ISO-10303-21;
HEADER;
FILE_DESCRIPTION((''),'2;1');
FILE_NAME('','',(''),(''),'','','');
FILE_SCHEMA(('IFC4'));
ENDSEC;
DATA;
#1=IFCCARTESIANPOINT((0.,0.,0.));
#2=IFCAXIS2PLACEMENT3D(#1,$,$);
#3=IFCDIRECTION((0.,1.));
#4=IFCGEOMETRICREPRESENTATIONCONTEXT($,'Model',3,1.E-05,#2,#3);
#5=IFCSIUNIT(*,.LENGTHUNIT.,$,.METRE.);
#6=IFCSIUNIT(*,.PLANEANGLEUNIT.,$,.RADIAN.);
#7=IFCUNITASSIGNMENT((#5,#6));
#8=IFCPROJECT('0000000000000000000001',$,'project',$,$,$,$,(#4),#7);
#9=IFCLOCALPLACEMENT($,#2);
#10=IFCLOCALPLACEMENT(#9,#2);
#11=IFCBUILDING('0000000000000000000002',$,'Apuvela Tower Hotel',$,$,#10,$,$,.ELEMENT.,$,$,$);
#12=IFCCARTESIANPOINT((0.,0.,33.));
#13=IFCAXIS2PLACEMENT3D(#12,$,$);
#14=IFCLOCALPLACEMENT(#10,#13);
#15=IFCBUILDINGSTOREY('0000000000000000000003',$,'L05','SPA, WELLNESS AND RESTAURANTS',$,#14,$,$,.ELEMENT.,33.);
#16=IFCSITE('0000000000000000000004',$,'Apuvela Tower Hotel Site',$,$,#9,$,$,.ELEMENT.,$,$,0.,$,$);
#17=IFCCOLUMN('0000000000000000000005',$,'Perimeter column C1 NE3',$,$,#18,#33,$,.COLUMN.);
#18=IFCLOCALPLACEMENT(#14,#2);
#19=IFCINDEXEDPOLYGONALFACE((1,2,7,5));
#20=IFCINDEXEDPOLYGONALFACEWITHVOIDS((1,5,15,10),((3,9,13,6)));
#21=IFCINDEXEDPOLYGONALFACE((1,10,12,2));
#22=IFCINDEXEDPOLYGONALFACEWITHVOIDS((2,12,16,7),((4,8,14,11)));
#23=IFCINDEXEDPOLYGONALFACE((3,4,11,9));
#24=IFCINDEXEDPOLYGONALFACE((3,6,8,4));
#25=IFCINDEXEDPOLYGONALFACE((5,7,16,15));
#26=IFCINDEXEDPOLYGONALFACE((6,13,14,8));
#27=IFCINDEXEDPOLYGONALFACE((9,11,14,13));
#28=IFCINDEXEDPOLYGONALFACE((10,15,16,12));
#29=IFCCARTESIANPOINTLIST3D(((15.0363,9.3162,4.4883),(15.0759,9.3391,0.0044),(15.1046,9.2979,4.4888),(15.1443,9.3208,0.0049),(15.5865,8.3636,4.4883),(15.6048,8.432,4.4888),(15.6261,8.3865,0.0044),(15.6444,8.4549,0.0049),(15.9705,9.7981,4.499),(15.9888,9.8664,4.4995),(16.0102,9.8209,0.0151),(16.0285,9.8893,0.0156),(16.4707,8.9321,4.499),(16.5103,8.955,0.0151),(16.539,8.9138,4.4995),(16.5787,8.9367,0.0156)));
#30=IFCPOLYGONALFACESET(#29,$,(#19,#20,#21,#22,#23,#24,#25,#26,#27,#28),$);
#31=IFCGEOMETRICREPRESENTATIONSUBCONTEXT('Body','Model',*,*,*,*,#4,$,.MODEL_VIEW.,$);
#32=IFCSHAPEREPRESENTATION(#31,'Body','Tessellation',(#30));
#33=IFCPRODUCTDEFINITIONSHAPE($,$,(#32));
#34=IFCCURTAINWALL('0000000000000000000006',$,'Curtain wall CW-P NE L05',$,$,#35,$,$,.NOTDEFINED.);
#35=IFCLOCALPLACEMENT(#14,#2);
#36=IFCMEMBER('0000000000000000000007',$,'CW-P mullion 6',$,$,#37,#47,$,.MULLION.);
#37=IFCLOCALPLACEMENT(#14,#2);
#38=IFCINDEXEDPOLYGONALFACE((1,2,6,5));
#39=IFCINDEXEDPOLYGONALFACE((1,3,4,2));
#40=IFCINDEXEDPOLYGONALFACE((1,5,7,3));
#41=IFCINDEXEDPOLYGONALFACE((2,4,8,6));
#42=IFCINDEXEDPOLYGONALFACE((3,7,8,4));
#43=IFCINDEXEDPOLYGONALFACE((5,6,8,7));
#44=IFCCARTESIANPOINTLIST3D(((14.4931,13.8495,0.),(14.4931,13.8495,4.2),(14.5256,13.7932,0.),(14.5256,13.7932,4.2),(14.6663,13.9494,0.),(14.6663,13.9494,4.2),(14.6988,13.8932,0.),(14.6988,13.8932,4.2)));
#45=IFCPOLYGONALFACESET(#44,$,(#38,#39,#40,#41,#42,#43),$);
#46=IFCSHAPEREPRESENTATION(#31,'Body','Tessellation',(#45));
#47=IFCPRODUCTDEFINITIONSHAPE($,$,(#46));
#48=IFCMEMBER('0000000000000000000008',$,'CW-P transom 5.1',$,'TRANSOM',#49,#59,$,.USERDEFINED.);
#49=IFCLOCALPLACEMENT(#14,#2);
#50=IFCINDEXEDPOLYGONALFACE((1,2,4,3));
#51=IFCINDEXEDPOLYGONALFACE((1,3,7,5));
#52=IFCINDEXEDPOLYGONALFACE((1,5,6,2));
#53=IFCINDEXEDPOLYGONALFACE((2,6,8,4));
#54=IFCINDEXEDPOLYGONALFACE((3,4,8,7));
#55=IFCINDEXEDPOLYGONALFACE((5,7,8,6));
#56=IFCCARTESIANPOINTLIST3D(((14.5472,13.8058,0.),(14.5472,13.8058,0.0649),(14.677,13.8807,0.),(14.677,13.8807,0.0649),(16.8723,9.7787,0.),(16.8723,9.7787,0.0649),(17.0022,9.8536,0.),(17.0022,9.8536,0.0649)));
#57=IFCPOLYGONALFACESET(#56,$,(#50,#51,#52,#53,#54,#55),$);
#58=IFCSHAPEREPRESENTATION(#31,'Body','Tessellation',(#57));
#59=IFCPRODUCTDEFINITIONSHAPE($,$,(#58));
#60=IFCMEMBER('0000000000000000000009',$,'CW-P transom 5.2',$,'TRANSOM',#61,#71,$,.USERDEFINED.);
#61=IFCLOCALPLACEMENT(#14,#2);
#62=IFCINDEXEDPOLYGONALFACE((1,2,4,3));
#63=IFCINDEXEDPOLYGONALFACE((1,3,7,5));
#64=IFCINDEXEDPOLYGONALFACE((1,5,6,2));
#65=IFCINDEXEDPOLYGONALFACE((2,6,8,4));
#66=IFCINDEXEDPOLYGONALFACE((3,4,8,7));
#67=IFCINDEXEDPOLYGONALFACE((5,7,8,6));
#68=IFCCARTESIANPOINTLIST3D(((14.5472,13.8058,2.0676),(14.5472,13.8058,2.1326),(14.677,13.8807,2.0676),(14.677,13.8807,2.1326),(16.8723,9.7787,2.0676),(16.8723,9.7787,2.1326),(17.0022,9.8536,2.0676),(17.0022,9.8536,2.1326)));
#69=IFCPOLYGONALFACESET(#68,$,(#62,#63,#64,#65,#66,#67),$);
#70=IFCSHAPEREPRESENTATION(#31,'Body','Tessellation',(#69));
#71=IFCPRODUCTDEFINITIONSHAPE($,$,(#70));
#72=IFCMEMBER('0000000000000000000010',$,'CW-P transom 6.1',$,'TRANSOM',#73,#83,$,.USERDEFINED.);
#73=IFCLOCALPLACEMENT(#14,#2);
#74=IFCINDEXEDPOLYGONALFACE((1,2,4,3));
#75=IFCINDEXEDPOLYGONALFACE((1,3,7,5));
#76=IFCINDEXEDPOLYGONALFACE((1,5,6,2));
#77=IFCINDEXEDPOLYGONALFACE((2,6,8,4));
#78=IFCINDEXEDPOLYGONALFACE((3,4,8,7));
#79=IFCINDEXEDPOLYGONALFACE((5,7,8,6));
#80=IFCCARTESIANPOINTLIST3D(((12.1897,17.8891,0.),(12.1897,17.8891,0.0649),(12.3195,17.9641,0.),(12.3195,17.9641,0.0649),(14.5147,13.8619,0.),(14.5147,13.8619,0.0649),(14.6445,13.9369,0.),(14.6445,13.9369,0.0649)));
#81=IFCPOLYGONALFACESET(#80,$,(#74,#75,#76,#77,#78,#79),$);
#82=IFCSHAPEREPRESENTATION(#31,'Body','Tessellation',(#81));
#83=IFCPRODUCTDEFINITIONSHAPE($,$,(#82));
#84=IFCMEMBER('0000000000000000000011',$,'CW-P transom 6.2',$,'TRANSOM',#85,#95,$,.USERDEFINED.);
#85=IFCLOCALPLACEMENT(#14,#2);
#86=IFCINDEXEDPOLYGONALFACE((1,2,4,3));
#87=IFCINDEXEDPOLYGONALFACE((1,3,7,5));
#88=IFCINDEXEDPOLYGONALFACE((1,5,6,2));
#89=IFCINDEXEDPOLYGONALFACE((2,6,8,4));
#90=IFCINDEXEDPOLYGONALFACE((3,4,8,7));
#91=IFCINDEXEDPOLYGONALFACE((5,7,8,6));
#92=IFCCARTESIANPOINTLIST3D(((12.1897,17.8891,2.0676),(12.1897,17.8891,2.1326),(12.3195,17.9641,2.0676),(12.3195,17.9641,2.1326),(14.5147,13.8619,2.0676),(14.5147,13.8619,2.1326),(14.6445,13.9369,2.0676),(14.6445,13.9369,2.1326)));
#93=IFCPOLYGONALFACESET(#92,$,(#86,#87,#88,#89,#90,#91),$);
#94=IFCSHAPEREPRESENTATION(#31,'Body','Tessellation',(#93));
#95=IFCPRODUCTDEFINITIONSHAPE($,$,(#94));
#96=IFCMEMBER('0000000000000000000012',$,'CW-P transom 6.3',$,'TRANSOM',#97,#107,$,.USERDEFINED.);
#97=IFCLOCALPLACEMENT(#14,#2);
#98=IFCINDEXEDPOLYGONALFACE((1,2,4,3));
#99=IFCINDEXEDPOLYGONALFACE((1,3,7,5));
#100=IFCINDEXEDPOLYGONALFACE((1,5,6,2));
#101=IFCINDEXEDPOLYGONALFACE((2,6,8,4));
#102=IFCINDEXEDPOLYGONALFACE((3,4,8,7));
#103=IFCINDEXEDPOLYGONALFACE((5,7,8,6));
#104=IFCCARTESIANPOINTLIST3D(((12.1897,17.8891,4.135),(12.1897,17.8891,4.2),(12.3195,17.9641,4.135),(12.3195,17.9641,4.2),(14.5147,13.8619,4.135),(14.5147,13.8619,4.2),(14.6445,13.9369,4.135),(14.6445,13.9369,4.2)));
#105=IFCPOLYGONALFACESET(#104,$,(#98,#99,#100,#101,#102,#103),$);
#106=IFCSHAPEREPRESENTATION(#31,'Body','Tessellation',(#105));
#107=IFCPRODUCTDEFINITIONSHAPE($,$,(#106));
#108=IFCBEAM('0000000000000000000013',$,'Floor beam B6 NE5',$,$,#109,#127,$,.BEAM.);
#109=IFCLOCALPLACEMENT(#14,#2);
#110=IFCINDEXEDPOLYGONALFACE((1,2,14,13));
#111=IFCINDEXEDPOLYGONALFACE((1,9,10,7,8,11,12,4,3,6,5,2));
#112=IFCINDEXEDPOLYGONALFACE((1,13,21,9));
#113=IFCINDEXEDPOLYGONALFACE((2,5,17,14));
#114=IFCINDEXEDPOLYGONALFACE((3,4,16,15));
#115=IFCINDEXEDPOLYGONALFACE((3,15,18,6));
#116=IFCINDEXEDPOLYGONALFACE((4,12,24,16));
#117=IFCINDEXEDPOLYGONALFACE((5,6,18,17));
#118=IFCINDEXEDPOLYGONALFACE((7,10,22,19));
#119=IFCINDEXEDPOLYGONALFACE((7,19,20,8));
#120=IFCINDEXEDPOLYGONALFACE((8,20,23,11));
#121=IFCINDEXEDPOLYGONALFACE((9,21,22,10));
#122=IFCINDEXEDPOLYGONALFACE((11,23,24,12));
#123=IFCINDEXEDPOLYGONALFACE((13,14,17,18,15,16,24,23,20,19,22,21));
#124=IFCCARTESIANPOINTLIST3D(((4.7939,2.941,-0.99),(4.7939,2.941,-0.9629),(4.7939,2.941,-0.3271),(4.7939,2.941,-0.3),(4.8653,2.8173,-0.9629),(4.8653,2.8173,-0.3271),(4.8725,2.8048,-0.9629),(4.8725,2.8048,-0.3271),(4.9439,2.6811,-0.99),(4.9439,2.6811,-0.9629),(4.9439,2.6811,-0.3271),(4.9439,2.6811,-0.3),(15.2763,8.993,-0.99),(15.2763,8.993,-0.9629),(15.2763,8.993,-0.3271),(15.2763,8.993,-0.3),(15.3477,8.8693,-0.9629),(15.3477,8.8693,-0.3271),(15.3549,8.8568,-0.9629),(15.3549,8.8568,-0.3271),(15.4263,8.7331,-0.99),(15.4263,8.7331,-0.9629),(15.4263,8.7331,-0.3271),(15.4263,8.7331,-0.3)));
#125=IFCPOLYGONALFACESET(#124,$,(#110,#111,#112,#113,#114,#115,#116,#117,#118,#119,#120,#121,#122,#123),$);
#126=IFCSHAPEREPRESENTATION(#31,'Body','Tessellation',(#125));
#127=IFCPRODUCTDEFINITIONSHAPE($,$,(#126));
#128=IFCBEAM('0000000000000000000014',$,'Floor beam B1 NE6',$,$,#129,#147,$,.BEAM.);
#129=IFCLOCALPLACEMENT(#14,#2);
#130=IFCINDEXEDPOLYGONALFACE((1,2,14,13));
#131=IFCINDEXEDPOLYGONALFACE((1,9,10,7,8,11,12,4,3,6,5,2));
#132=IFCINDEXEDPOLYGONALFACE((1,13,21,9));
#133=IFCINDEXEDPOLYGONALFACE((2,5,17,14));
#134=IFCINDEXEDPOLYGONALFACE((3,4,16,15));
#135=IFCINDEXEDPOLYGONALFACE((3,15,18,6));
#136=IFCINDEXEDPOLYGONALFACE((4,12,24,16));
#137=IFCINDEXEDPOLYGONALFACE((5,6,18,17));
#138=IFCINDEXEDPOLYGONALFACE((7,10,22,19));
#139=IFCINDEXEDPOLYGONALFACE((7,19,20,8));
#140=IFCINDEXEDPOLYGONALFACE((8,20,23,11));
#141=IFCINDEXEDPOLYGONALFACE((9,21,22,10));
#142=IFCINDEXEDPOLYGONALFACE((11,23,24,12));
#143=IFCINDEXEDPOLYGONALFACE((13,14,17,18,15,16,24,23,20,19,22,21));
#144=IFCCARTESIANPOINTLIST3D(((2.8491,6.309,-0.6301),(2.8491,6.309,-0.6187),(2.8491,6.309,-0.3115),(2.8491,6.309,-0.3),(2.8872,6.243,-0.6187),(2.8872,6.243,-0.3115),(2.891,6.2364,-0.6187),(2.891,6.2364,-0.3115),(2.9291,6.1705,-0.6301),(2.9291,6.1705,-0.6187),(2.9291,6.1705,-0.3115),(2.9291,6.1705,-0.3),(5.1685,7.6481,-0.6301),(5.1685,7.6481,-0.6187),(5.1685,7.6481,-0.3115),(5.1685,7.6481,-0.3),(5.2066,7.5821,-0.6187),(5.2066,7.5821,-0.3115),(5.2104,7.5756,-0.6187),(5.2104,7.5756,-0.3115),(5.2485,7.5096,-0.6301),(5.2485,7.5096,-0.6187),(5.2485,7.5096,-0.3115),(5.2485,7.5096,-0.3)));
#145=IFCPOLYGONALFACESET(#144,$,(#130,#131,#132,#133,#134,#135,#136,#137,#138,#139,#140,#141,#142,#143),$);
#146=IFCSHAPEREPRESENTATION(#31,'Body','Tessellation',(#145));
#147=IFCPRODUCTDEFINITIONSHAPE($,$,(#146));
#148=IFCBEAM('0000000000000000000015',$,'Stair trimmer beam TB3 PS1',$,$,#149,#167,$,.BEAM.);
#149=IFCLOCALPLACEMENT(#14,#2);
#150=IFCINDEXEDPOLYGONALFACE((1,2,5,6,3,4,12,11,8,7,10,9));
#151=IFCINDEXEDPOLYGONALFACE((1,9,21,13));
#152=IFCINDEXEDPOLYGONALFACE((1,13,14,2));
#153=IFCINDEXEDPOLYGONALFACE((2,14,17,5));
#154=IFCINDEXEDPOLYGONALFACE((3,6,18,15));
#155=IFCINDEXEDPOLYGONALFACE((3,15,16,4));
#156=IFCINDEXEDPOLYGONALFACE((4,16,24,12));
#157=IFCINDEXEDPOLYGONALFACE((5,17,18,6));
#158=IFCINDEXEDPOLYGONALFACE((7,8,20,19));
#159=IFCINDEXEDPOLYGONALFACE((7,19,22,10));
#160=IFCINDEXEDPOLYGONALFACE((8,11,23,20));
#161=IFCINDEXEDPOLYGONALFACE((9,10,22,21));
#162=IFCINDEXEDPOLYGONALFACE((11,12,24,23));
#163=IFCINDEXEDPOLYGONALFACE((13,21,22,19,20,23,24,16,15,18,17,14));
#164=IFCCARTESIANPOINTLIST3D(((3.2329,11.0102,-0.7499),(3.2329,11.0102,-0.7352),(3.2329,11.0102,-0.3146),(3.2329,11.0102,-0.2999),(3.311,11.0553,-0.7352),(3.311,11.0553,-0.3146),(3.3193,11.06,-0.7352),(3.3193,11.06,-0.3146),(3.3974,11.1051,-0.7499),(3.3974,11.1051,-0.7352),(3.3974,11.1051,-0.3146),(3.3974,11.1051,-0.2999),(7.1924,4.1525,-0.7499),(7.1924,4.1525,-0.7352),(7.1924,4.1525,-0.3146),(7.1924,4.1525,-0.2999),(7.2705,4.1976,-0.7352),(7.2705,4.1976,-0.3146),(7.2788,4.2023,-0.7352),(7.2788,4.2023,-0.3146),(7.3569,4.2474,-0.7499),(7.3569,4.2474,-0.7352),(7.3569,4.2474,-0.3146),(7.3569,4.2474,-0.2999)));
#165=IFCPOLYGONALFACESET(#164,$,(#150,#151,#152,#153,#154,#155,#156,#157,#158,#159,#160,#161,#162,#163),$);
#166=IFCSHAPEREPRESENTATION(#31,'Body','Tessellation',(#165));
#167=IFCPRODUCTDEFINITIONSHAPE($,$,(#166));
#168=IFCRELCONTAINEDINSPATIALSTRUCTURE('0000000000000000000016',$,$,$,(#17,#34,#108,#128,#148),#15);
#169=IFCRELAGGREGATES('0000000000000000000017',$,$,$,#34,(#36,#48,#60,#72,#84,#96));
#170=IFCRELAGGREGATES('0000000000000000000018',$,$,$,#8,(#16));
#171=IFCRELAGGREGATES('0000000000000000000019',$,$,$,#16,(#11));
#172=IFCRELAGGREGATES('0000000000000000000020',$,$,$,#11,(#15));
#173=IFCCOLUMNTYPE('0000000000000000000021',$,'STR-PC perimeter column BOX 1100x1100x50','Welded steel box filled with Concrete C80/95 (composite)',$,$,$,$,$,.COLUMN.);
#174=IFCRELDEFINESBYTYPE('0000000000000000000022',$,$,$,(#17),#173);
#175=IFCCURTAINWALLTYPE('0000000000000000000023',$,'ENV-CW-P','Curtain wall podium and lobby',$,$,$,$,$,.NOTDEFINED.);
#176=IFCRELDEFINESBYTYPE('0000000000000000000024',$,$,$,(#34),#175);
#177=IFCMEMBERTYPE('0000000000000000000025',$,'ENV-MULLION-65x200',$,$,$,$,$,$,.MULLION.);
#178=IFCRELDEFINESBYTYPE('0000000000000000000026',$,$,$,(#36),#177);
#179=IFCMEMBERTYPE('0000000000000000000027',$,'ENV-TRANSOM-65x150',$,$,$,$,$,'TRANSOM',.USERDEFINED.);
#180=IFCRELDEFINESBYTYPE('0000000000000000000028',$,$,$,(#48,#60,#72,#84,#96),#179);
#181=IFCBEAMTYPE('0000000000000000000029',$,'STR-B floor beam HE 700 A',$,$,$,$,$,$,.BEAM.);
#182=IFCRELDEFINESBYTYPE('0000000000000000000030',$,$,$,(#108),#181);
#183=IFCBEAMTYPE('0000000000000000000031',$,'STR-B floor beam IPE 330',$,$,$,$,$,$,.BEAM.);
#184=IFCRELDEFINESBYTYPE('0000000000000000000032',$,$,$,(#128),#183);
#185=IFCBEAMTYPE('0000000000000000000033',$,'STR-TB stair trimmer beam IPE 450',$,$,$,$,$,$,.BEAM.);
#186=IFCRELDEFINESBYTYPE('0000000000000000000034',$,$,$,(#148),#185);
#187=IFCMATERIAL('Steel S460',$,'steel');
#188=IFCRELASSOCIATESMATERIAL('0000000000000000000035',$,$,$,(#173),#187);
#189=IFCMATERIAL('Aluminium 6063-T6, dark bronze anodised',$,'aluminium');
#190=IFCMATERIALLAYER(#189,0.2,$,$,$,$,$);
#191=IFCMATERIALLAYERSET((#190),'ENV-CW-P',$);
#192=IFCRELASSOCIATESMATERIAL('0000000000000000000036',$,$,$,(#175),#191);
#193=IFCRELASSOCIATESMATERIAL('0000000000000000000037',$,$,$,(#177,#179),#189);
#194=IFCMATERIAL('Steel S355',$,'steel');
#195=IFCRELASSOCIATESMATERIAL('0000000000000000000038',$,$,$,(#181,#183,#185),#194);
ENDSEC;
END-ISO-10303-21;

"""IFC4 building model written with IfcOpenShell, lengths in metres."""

from ifc_helpers import new_model, si_unit, direction, frame, origin, origin_2d, place, context, subcontext, project, spatial, rectangle, hollow_rectangle, i_section, extrude, boolean, halfspace, material, layer, layer_set, material_profile, profile_set, type_object, element, aggregate, save


model = new_model("IFC4")

# Units and contexts
model_context = context("Model", 3, precision=1e-05, world=origin(), true_north=direction((0.0, 1.0)))
body_context = subcontext(model_context, "Body", "Model", "MODEL_VIEW")
ifc_project = project(units=[si_unit("LENGTHUNIT", "METRE"), si_unit("PLANEANGLEUNIT", "RADIAN")], contexts=[model_context])

# Site, building, storey
site_placement = place(None, origin())
site = spatial("IfcSite", under=ifc_project, at=site_placement, Name="Apuvela Tower Hotel Site", CompositionType="ELEMENT", RefElevation=0.0)
building_placement = place(site_placement, origin())
building = spatial("IfcBuilding", under=site, at=building_placement, Name="Apuvela Tower Hotel", CompositionType="ELEMENT")
storey_placement = place(building_placement, frame((0.0, 0.0, 33.0)))
storey = spatial("IfcBuildingStorey", under=building, at=storey_placement, Name="L05", Description="SPA, WELLNESS AND RESTAURANTS", CompositionType="ELEMENT", Elevation=33.0)

# Column
ifc_material_1 = material(Name="Steel S460", Category="steel")
ifc_material_profile_1 = material_profile(ifc_material_1, hollow_rectangle(XDim=1.1001, YDim=1.1001, WallThickness=0.05, at=origin_2d()), Name="BOX 1100x1100x50")
ifc_material_2 = material(Name="Concrete C80/95", Category="concrete")
ifc_material_profile_2 = material_profile(ifc_material_2, rectangle(XDim=1.0, YDim=1.0, at=origin_2d()), Name="Concrete C80/95 infill")
ifc_profile_set_1 = profile_set([ifc_material_profile_1, ifc_material_profile_2], Name="Steel S460")
column_type = type_object("IfcColumnType", Name="STR-PC perimeter column BOX 1100x1100x50", Description="Welded steel box filled with Concrete C80/95 (composite)", PredefinedType="COLUMN", material=ifc_profile_set_1)
column_placement = place(storey_placement, frame((15.8274, 9.1379, 0.0), z_axis=(-0.008843, -0.0051, 0.999948), x_axis=(0.500159, -0.865934, 0.000007)))
element("IfcColumn", 1, at=column_placement, inside=storey, type_object=column_type, Name="Perimeter column C1 NE3", PredefinedType="COLUMN", context=body_context, shape_type="SweptSolid", body=[
    boolean("DIFFERENCE", boolean("DIFFERENCE", extrude(hollow_rectangle(XDim=1.1001, YDim=1.1001, WallThickness=0.05, at=origin_2d()), origin(), (0.0, 0.0, 1.0), 4.5002), halfspace(frame((0.0, 0.0, 0.01), z_axis=(0.0, 0.0, 1.0), x_axis=(1.0, 0.0, 0.0)), True)), halfspace(frame((0.0, 0.0, 4.4941), z_axis=(0.0, 0.0, 1.0), x_axis=(1.0, 0.0, 0.0)), False)),
])

# Curtain wall, members
ifc_material_3 = material(Name="Aluminium 6063-T6, dark bronze anodised", Category="aluminium")
ifc_layer_1 = layer(ifc_material_3, 0.2)
ifc_layer_set_1 = layer_set([ifc_layer_1], Name="ENV-CW-P")
curtain_wall_type = type_object("IfcCurtainWallType", Name="ENV-CW-P", Description="Curtain wall podium and lobby", PredefinedType="NOTDEFINED", material=ifc_layer_set_1)
curtain_wall_placement = place(storey_placement, origin())
curtain_wall = element("IfcCurtainWall", 2, at=curtain_wall_placement, inside=storey, type_object=curtain_wall_type, Name="Curtain wall CW-P NE L05", PredefinedType="NOTDEFINED")
ifc_material_profile_3 = material_profile(ifc_material_3, rectangle(XDim=0.2, YDim=0.0649, at=origin_2d()), Name="AL 65x200")
ifc_profile_set_2 = profile_set([ifc_material_profile_3], Name="Aluminium 6063-T6, dark bronze anodised")
member_type_1 = type_object("IfcMemberType", Name="ENV-MULLION-65x200", PredefinedType="MULLION", material=ifc_profile_set_2)
member_1_placement = place(storey_placement, frame((14.5959, 13.8713, 0.0), z_axis=(0.0, 0.0, 1.0), x_axis=(-0.866026, -0.5, 0.0)))
member_1 = element("IfcMember", 3, at=member_1_placement, type_object=member_type_1, Name="CW-P mullion 6", PredefinedType="MULLION", context=body_context, shape_type="SweptSolid", body=[
    extrude(rectangle(XDim=0.2, YDim=0.0649, at=origin_2d()), origin(), (0.0, 0.0, 1.0), 4.2),
])
ifc_material_profile_4 = material_profile(ifc_material_3, rectangle(XDim=0.1499, YDim=0.0649, at=origin_2d()), Name="AL 65x150 transom")
ifc_profile_set_3 = profile_set([ifc_material_profile_4], Name="Aluminium 6063-T6, dark bronze anodised")
member_type_2 = type_object("IfcMemberType", Name="ENV-TRANSOM-65x150", ElementType="TRANSOM", PredefinedType="USERDEFINED", material=ifc_profile_set_3)
member_2_placement = place(storey_placement, frame((16.9373, 9.8162, 0.0325), z_axis=(-0.500024, 0.866012, 0.0), x_axis=(-0.866012, -0.500024, 0.0)))
member_2 = element("IfcMember", 4, at=member_2_placement, type_object=member_type_2, Name="CW-P transom 5.1", ObjectType="TRANSOM", PredefinedType="USERDEFINED", context=body_context, shape_type="SweptSolid", body=[
    extrude(rectangle(XDim=0.1499, YDim=0.0649, at=origin_2d()), origin(), (0.0, 0.0, 1.0), 4.6501),
])
member_3_placement = place(storey_placement, frame((16.9373, 9.8162, 2.1001), z_axis=(-0.500024, 0.866012, 0.0), x_axis=(-0.866012, -0.500024, 0.0)))
member_3 = element("IfcMember", 5, at=member_3_placement, type_object=member_type_2, Name="CW-P transom 5.2", ObjectType="TRANSOM", PredefinedType="USERDEFINED", context=body_context, shape_type="SweptSolid", body=[
    extrude(rectangle(XDim=0.1499, YDim=0.0649, at=origin_2d()), origin(), (0.0, 0.0, 1.0), 4.6501),
])
member_4_placement = place(storey_placement, frame((14.5796, 13.8994, 0.0325), z_axis=(-0.499985, 0.866034, 0.0), x_axis=(-0.866034, -0.499985, 0.0)))
member_4 = element("IfcMember", 6, at=member_4_placement, type_object=member_type_2, Name="CW-P transom 6.1", ObjectType="TRANSOM", PredefinedType="USERDEFINED", context=body_context, shape_type="SweptSolid", body=[
    extrude(rectangle(XDim=0.1499, YDim=0.0649, at=origin_2d()), origin(), (0.0, 0.0, 1.0), 4.6501),
])
member_5_placement = place(storey_placement, frame((14.5796, 13.8994, 2.1001), z_axis=(-0.499985, 0.866034, 0.0), x_axis=(-0.866034, -0.499985, 0.0)))
member_5 = element("IfcMember", 7, at=member_5_placement, type_object=member_type_2, Name="CW-P transom 6.2", ObjectType="TRANSOM", PredefinedType="USERDEFINED", context=body_context, shape_type="SweptSolid", body=[
    extrude(rectangle(XDim=0.1499, YDim=0.0649, at=origin_2d()), origin(), (0.0, 0.0, 1.0), 4.6501),
])
member_6_placement = place(storey_placement, frame((14.5796, 13.8994, 4.1675), z_axis=(-0.499985, 0.866034, 0.0), x_axis=(-0.866034, -0.499985, 0.0)))
member_6 = element("IfcMember", 8, at=member_6_placement, type_object=member_type_2, Name="CW-P transom 6.3", ObjectType="TRANSOM", PredefinedType="USERDEFINED", context=body_context, shape_type="SweptSolid", body=[
    extrude(rectangle(XDim=0.1499, YDim=0.0649, at=origin_2d()), origin(), (0.0, 0.0, 1.0), 4.6501),
])

# Beams
ifc_material_4 = material(Name="Steel S355", Category="steel")
ifc_material_profile_5 = material_profile(ifc_material_4, i_section(OverallWidth=0.3, OverallDepth=0.6899, WebThickness=0.0144, FlangeThickness=0.0271, at=origin_2d()), Name="HE 700 A")
ifc_profile_set_4 = profile_set([ifc_material_profile_5], Name="Steel S355")
beam_type_1 = type_object("IfcBeamType", Name="STR-B floor beam HE 700 A", PredefinedType="BEAM", material=ifc_profile_set_4)
beam_1_placement = place(storey_placement, frame((15.3513, 8.863, -0.645), z_axis=(-0.866026, -0.499998, 0.0), x_axis=(0.499998, -0.866026, 0.0)))
element("IfcBeam", 9, at=beam_1_placement, inside=storey, type_object=beam_type_1, Name="Floor beam B6 NE5", PredefinedType="BEAM", context=body_context, shape_type="SweptSolid", body=[
    extrude(i_section(OverallWidth=0.3, OverallDepth=0.6899, WebThickness=0.0144, FlangeThickness=0.0271, at=origin_2d()), origin(), (0.0, 0.0, 1.0), 12.104),
])
ifc_material_profile_6 = material_profile(ifc_material_4, i_section(OverallWidth=0.1599, OverallDepth=0.3301, WebThickness=0.0076, FlangeThickness=0.0115, at=origin_2d()), Name="IPE 330")
ifc_profile_set_5 = profile_set([ifc_material_profile_6], Name="Steel S355")
beam_type_2 = type_object("IfcBeamType", Name="STR-B floor beam IPE 330", PredefinedType="BEAM", material=ifc_profile_set_5)
beam_2_placement = place(storey_placement, frame((5.2085, 7.5789, -0.4651), z_axis=(-0.866019, -0.500012, 0.0), x_axis=(0.500012, -0.866019, 0.0)))
element("IfcBeam", 10, at=beam_2_placement, inside=storey, type_object=beam_type_2, Name="Floor beam B1 NE6", PredefinedType="BEAM", context=body_context, shape_type="SweptSolid", body=[
    extrude(i_section(OverallWidth=0.1599, OverallDepth=0.3301, WebThickness=0.0076, FlangeThickness=0.0115, at=origin_2d()), origin(), (0.0, 0.0, 1.0), 2.6782),
])
ifc_material_profile_7 = material_profile(ifc_material_4, i_section(OverallWidth=0.1899, OverallDepth=0.45, WebThickness=0.0095, FlangeThickness=0.0146, at=origin_2d()), Name="IPE 450")
ifc_profile_set_6 = profile_set([ifc_material_profile_7], Name="Steel S355")
beam_type_3 = type_object("IfcBeamType", Name="STR-TB stair trimmer beam IPE 450", PredefinedType="BEAM", material=ifc_profile_set_6)
beam_3_placement = place(storey_placement, frame((7.2747, 4.2, -0.5249), z_axis=(-0.500019, 0.866015, 0.0), x_axis=(-0.866015, -0.500019, 0.0)))
element("IfcBeam", 11, at=beam_3_placement, inside=storey, type_object=beam_type_3, Name="Stair trimmer beam TB3 PS1", PredefinedType="BEAM", context=body_context, shape_type="SweptSolid", body=[
    extrude(i_section(OverallWidth=0.1899, OverallDepth=0.45, WebThickness=0.0095, FlangeThickness=0.0146, at=origin_2d()), origin(), (0.0, 0.0, 1.0), 7.9187),
])

aggregate(curtain_wall, [member_1, member_2, member_3, member_4, member_5, member_6])

save(model, "model.ifc")
